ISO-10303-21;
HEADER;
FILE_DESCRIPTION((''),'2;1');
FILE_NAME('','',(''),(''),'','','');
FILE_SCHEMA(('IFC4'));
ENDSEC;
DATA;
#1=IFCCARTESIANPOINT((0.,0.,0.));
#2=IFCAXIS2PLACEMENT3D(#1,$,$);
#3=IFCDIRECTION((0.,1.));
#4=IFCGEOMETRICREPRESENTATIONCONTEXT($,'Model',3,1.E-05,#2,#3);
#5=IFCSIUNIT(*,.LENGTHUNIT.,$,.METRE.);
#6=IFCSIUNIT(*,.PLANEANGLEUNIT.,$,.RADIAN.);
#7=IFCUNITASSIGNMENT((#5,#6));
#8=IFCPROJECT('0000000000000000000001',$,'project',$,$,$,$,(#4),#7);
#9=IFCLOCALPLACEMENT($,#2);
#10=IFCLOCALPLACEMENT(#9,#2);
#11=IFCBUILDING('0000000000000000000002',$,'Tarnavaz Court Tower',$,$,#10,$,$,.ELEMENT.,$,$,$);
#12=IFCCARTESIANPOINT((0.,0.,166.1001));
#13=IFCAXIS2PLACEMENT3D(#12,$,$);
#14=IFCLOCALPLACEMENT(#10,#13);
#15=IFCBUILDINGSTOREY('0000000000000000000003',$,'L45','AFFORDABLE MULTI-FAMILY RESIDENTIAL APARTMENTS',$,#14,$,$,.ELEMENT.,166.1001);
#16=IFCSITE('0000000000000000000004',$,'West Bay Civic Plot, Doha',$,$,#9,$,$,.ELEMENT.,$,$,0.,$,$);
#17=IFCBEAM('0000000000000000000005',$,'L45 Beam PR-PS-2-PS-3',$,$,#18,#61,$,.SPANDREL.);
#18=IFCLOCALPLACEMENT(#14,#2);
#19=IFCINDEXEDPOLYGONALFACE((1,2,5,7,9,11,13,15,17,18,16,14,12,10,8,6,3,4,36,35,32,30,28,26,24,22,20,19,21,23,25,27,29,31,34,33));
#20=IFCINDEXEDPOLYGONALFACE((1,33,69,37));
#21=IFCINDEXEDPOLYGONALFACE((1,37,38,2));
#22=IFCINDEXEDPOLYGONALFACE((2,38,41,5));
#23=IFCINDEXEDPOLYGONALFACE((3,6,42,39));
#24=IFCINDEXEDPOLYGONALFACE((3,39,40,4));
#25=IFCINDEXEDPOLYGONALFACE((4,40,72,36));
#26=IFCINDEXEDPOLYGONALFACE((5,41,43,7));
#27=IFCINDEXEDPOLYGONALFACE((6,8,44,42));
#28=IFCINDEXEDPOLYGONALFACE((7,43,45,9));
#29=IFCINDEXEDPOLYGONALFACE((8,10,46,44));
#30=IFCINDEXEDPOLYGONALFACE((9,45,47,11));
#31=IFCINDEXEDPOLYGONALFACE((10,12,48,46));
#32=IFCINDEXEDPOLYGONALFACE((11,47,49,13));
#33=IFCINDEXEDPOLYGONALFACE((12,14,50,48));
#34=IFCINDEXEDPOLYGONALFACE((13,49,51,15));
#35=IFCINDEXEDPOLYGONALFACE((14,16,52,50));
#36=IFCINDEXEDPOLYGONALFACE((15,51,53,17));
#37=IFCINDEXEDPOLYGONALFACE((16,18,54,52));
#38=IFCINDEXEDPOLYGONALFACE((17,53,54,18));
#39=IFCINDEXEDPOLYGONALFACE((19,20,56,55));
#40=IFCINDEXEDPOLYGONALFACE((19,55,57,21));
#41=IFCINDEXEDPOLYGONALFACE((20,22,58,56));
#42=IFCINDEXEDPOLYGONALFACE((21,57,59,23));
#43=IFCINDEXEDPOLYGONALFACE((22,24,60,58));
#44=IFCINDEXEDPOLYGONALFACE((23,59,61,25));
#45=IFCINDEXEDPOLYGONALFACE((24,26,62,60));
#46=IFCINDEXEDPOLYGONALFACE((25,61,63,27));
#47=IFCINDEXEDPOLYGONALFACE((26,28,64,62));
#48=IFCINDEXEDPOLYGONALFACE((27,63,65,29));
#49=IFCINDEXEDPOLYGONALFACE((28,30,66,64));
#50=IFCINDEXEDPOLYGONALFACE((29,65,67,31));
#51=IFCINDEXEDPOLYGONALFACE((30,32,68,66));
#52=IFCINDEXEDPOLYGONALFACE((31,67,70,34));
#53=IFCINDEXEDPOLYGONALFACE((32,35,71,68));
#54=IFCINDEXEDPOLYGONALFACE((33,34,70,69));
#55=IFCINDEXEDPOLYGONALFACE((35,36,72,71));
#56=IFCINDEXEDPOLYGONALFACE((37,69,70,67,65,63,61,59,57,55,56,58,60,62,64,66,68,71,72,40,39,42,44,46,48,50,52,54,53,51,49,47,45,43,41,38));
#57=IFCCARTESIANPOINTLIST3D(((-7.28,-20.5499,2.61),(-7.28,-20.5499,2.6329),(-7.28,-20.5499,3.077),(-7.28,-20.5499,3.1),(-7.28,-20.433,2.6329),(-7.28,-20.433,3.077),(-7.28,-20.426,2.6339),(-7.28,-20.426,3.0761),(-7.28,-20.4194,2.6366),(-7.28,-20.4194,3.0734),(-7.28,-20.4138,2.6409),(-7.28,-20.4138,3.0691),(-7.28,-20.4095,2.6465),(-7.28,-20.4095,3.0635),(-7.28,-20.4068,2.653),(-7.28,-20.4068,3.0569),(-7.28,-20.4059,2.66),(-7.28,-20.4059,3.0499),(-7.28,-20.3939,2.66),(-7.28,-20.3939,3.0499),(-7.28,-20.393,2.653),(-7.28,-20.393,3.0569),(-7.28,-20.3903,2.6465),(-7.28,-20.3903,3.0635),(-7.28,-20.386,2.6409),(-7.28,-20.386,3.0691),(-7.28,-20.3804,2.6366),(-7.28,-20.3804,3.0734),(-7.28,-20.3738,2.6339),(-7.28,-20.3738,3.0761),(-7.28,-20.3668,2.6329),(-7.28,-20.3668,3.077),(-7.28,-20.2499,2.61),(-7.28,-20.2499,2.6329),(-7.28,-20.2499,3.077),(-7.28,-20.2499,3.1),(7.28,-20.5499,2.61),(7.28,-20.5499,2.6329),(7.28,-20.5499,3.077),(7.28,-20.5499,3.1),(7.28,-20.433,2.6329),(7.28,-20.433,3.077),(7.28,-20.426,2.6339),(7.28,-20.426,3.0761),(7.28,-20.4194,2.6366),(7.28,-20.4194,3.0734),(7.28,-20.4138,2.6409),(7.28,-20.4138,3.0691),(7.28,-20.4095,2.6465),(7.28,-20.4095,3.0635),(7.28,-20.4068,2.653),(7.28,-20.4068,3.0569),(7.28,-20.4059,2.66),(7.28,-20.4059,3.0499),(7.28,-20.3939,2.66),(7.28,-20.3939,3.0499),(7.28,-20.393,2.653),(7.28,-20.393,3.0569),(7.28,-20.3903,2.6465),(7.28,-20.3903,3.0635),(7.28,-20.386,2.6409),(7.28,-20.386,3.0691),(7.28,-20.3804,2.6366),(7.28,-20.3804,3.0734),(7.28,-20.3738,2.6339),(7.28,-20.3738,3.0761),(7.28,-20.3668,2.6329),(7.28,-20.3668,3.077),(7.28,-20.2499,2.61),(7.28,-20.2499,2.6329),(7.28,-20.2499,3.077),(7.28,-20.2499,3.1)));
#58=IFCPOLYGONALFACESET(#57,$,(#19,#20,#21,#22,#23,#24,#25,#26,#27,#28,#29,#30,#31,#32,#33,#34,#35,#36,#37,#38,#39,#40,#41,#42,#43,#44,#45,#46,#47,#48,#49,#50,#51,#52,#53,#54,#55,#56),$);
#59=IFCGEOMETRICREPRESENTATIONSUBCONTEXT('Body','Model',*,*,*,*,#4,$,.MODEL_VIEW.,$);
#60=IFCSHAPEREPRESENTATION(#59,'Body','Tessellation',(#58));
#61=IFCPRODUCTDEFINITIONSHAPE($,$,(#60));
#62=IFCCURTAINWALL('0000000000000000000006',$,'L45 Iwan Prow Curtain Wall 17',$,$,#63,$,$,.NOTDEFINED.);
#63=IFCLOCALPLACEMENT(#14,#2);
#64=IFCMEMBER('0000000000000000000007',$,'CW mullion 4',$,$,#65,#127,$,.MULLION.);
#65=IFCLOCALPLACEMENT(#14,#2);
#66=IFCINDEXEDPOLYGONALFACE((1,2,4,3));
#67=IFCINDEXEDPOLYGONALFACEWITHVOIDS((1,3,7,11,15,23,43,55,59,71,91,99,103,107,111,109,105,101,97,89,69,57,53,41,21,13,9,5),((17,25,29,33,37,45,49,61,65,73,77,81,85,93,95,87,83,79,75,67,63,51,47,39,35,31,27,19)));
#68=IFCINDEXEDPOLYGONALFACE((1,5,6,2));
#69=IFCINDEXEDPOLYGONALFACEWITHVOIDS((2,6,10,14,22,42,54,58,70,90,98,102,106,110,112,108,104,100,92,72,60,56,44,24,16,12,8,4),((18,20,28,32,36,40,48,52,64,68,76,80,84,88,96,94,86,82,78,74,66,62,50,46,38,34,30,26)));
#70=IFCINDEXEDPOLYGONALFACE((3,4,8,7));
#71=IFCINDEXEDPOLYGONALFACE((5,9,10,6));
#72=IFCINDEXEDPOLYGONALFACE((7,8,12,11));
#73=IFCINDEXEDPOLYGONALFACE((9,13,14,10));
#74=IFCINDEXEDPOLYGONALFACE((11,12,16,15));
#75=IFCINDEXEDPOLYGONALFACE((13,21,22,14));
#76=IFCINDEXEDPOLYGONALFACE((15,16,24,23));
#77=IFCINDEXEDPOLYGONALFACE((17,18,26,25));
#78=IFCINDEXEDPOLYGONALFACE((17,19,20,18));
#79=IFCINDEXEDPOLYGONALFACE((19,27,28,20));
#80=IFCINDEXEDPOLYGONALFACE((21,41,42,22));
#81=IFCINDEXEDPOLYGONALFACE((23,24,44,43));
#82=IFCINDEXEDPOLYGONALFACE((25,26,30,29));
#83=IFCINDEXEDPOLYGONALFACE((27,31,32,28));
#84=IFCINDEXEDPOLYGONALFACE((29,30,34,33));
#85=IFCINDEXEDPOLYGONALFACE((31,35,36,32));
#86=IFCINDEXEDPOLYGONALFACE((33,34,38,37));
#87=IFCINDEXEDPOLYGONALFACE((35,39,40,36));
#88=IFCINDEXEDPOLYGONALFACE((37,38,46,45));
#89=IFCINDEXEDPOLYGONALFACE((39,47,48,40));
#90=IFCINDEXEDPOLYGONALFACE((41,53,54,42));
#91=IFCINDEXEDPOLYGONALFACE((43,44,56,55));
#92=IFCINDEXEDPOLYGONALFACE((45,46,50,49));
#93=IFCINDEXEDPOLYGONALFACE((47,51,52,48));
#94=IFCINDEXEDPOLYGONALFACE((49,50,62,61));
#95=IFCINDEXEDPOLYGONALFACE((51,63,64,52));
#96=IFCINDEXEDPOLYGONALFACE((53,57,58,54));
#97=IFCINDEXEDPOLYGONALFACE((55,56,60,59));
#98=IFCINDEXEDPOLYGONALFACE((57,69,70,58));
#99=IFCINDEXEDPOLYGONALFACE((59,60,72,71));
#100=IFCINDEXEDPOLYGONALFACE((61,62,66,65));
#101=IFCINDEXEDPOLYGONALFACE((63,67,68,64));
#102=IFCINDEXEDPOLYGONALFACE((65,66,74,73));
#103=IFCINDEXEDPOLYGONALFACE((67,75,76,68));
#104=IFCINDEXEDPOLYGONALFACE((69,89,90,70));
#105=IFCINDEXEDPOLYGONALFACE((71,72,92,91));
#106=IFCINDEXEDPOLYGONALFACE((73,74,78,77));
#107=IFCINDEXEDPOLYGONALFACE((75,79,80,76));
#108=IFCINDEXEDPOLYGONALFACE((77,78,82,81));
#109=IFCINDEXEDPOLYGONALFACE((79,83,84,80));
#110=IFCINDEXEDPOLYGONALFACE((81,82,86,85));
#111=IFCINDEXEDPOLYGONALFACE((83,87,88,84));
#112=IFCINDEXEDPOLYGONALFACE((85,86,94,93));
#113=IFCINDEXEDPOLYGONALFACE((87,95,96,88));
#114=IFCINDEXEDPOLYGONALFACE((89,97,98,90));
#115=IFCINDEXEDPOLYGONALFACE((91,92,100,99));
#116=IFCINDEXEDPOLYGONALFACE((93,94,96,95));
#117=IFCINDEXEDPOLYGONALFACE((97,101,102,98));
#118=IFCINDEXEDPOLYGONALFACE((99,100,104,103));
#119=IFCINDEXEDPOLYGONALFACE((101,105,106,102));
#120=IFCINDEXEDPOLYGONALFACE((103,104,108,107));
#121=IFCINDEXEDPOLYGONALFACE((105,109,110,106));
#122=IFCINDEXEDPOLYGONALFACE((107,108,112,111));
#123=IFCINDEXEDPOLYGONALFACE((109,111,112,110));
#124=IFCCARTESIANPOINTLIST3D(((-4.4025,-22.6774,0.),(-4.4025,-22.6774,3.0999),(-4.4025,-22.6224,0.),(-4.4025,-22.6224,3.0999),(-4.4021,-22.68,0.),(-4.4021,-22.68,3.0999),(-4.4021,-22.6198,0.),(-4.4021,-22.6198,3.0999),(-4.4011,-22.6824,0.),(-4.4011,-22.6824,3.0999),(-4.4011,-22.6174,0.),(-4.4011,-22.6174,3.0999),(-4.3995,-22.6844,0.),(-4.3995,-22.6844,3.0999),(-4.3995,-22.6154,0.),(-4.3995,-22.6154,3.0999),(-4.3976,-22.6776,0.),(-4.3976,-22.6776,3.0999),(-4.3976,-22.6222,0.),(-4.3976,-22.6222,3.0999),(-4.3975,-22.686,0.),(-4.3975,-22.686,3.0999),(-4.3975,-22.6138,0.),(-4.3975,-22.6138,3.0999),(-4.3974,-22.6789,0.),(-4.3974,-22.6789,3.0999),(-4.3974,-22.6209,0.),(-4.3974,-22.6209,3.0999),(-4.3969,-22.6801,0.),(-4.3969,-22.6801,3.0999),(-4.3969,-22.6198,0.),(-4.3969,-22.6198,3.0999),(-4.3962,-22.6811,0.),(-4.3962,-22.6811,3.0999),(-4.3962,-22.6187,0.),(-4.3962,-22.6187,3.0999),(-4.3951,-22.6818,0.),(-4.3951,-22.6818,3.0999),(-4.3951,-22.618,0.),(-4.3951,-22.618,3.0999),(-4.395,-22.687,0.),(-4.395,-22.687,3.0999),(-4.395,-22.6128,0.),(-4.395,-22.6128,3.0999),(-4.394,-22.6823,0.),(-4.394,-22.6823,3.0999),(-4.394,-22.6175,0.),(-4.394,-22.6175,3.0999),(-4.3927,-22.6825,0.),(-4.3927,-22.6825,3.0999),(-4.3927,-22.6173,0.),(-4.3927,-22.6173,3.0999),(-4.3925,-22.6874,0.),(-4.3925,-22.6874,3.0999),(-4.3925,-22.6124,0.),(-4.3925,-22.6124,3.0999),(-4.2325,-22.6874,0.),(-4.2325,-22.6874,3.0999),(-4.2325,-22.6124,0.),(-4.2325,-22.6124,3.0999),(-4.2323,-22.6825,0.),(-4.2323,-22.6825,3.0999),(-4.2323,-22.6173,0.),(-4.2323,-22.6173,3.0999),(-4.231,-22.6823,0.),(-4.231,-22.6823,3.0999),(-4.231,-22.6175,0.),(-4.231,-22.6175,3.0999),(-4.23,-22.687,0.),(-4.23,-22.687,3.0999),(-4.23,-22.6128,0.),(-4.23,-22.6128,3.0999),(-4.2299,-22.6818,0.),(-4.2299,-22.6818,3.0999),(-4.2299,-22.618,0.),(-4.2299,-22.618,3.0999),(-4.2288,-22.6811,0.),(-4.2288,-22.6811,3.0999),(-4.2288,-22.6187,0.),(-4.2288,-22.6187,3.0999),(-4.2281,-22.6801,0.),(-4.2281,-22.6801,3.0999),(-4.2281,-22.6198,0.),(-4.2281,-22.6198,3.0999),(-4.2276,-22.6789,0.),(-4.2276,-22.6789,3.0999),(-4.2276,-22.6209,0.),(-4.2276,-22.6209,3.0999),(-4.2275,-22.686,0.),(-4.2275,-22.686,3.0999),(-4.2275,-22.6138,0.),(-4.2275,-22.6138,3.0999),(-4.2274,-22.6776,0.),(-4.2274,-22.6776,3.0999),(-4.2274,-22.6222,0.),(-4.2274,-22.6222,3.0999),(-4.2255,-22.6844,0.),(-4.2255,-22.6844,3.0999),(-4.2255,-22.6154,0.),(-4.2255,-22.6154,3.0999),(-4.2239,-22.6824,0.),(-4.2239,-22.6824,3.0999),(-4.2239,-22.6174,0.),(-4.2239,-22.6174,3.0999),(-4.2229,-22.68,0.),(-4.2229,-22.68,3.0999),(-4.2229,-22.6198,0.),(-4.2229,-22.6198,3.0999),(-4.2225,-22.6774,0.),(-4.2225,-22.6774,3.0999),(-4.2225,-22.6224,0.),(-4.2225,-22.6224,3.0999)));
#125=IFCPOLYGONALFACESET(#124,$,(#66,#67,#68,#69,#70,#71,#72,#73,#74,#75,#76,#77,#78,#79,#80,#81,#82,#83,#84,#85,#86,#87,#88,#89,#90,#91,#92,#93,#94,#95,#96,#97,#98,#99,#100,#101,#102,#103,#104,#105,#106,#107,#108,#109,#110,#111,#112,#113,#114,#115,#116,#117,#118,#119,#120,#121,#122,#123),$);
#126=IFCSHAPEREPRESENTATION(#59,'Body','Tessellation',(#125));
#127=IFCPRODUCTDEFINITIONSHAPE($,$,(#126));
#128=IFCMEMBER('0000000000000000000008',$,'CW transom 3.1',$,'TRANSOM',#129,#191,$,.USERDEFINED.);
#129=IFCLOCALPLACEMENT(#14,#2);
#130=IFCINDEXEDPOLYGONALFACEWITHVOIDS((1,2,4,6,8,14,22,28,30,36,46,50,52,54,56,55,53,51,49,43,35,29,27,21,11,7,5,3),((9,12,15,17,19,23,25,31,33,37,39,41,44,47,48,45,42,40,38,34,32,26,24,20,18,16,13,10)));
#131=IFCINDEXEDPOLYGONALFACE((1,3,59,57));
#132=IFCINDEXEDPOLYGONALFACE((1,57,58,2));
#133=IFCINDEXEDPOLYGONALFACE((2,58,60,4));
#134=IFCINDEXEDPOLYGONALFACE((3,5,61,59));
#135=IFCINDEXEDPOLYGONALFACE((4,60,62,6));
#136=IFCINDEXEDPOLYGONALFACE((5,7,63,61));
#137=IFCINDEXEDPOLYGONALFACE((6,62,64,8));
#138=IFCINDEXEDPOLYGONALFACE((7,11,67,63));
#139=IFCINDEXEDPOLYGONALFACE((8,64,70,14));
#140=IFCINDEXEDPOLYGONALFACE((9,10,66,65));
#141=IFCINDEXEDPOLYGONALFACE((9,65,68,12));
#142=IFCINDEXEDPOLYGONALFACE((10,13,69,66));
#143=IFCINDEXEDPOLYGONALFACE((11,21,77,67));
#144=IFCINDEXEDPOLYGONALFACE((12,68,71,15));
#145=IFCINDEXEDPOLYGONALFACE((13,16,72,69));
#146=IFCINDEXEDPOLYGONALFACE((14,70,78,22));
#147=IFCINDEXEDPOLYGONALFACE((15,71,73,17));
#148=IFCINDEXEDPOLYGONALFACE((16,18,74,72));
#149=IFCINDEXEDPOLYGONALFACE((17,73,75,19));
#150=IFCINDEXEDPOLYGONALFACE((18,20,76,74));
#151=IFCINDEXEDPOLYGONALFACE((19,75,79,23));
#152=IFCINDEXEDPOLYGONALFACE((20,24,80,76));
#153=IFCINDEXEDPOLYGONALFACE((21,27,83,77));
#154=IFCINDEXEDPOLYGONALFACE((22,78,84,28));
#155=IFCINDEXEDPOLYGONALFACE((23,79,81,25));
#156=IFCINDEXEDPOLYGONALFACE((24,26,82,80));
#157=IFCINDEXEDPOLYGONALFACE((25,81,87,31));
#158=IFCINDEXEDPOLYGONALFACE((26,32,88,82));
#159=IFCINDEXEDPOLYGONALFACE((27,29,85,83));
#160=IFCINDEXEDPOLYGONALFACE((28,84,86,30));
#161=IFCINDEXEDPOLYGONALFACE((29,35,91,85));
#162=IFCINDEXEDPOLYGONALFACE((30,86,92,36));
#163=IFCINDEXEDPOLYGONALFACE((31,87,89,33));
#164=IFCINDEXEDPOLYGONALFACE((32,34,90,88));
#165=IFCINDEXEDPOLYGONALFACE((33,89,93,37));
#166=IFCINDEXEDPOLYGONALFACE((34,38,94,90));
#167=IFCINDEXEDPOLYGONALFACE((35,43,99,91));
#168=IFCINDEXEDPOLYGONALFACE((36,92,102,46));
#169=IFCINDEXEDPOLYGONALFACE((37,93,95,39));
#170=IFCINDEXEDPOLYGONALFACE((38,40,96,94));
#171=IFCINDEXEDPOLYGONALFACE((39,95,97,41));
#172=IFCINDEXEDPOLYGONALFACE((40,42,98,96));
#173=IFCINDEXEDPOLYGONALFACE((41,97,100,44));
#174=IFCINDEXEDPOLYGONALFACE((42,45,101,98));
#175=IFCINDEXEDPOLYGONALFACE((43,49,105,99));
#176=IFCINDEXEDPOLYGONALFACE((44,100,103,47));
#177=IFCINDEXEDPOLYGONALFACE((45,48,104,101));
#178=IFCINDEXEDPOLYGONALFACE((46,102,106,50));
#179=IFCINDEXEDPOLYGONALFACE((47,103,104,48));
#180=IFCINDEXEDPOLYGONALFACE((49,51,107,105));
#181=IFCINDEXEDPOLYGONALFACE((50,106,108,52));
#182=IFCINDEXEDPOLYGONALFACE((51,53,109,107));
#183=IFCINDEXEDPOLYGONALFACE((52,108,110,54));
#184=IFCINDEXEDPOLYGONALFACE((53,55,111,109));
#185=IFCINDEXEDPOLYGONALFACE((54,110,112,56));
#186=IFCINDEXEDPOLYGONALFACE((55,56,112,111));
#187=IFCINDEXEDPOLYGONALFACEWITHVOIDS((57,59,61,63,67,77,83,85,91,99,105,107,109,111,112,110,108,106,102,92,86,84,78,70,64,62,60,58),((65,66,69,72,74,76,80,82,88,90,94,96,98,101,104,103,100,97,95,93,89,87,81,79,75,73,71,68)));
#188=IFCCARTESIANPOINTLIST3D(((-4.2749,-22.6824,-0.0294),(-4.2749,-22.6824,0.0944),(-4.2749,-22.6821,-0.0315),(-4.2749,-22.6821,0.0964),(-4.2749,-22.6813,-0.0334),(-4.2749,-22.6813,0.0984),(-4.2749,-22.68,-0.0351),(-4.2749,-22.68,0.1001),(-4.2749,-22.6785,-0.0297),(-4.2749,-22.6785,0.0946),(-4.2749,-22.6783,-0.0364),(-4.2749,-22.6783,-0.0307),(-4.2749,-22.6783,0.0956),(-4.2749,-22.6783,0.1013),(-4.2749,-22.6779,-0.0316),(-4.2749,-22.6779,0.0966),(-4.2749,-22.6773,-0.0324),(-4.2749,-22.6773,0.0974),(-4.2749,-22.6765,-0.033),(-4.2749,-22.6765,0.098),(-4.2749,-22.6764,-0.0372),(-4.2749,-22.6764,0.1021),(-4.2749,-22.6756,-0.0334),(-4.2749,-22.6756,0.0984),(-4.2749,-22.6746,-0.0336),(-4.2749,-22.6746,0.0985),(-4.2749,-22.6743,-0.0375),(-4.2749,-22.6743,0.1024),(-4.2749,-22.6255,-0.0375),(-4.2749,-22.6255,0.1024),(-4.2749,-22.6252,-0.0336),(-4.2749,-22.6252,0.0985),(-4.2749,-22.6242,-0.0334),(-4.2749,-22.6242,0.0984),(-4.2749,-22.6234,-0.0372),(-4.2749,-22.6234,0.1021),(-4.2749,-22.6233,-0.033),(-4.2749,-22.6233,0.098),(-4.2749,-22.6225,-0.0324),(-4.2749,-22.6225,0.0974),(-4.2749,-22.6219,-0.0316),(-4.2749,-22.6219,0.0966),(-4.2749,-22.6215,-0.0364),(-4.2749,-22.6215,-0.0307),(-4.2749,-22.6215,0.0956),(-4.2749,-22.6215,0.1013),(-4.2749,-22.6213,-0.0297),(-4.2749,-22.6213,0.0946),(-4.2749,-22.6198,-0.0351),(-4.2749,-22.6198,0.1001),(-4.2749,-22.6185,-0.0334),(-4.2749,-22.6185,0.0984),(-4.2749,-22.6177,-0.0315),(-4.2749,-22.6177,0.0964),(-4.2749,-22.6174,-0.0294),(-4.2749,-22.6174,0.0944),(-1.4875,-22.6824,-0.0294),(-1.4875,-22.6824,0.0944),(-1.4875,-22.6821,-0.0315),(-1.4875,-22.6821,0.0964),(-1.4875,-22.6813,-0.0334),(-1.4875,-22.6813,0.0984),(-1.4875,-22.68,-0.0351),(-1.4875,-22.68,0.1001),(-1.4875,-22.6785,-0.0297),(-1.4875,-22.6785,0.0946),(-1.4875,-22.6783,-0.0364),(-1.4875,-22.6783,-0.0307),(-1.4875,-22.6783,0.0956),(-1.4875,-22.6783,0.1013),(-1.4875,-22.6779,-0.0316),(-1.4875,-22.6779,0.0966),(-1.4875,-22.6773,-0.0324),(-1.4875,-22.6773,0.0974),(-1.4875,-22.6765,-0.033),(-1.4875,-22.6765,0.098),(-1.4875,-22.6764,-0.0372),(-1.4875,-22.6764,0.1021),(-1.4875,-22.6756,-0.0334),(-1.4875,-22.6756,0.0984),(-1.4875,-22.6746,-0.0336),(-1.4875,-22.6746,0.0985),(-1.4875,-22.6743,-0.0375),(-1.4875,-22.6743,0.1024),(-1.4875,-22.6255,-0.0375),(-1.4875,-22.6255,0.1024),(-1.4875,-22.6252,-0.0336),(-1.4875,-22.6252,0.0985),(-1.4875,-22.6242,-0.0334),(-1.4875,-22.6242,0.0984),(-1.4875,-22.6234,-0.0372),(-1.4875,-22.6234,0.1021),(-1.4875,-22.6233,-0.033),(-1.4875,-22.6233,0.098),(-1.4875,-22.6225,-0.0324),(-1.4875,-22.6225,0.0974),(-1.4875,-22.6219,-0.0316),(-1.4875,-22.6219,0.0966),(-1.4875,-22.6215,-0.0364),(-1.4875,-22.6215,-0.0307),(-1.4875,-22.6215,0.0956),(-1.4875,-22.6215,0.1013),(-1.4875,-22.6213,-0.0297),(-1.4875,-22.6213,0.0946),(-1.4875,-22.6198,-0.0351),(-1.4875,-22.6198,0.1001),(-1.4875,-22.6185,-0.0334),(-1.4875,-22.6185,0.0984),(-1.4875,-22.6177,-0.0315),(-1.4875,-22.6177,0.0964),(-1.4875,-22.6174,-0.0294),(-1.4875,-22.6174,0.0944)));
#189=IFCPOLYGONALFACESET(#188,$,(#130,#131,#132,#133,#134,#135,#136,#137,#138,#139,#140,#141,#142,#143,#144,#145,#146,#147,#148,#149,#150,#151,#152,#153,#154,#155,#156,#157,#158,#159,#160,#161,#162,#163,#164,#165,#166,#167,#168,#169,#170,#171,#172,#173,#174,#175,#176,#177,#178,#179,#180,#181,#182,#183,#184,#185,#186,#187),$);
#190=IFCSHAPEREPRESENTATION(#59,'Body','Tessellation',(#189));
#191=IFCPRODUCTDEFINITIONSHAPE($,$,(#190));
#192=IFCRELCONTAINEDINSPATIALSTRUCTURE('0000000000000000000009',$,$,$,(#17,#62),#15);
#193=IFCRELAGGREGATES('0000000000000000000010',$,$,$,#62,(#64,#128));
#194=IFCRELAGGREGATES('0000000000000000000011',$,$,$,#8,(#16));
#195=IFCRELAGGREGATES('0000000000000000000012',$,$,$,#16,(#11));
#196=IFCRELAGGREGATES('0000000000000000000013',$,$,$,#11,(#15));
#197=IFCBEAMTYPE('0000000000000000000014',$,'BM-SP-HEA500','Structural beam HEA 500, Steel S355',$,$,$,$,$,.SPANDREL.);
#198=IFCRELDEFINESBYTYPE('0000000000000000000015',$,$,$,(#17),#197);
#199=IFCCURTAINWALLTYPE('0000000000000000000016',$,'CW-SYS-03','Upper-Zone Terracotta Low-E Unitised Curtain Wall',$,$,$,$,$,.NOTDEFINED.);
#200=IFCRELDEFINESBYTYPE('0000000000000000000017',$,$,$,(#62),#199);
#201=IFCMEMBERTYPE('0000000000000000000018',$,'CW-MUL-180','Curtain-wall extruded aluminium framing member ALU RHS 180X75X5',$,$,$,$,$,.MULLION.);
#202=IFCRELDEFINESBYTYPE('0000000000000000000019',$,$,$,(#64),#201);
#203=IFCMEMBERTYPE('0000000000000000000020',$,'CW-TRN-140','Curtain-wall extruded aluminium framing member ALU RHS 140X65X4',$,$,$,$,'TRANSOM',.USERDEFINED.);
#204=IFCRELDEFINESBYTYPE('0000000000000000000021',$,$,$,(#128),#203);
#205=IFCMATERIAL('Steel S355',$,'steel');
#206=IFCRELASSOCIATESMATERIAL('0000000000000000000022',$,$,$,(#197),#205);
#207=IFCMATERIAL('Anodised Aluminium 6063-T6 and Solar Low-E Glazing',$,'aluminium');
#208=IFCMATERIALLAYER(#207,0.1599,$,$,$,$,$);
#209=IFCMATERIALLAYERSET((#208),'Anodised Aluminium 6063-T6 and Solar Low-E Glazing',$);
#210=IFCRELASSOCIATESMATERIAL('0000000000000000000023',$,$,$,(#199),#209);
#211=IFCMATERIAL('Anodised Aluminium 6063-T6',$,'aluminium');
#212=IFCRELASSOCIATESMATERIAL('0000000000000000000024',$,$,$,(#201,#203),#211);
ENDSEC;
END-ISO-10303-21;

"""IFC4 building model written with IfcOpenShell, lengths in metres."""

from ifc_helpers import new_model, si_unit, direction, frame, origin, origin_2d, place, context, subcontext, project, spatial, hollow_rectangle, i_section, extrude, material, layer, layer_set, material_profile, profile_set, type_object, element, aggregate, save


model = new_model("IFC4")

# Units and contexts
model_context = context("Model", 3, precision=1e-05, world=origin(), true_north=direction((0.0, 1.0)))
body_context = subcontext(model_context, "Body", "Model", "MODEL_VIEW")
ifc_project = project(units=[si_unit("LENGTHUNIT", "METRE"), si_unit("PLANEANGLEUNIT", "RADIAN")], contexts=[model_context])

# Site, building, storey
site_placement = place(None, origin())
site = spatial("IfcSite", under=ifc_project, at=site_placement, Name="West Bay Civic Plot, Doha", CompositionType="ELEMENT", RefElevation=0.0)
building_placement = place(site_placement, origin())
building = spatial("IfcBuilding", under=site, at=building_placement, Name="Tarnavaz Court Tower", CompositionType="ELEMENT")
storey_placement = place(building_placement, frame((0.0, 0.0, 166.1001)))
storey = spatial("IfcBuildingStorey", under=building, at=storey_placement, Name="L45", Description="AFFORDABLE MULTI-FAMILY RESIDENTIAL APARTMENTS", CompositionType="ELEMENT", Elevation=166.1001)

# Beam
ifc_material_1 = material(Name="Steel S355", Category="steel")
ifc_material_profile_1 = material_profile(ifc_material_1, i_section(OverallWidth=0.3, OverallDepth=0.49, WebThickness=0.012, FlangeThickness=0.0229, FilletRadius=0.0271, at=origin_2d()), Name="HEA 500")
ifc_profile_set_1 = profile_set([ifc_material_profile_1], Name="Steel S355")
beam_type_1 = type_object("IfcBeamType", Name="BM-SP-HEA500", Description="Structural beam HEA 500, Steel S355", PredefinedType="SPANDREL", material=ifc_profile_set_1)
beam_placement = place(storey_placement, frame((-7.28, -20.3999, 2.855), z_axis=(1.0, 0.0, 0.0), x_axis=(0.0, 1.0, 0.0)))
element("IfcBeam", 1, at=beam_placement, inside=storey, type_object=beam_type_1, Name="L45 Beam PR-PS-2-PS-3", PredefinedType="SPANDREL", context=body_context, shape_type="SweptSolid", body=[
    extrude(i_section(OverallWidth=0.3, OverallDepth=0.49, WebThickness=0.012, FlangeThickness=0.0229, FilletRadius=0.0271, at=origin_2d()), origin(), (0.0, 0.0, 1.0), 14.5601),
])

# Curtain wall, members
ifc_material_2 = material(Name="Anodised Aluminium 6063-T6 and Solar Low-E Glazing", Category="aluminium")
ifc_layer_1 = layer(ifc_material_2, 0.1599)
ifc_layer_set_1 = layer_set([ifc_layer_1], Name="Anodised Aluminium 6063-T6 and Solar Low-E Glazing")
curtain_wall_type = type_object("IfcCurtainWallType", Name="CW-SYS-03", Description="Upper-Zone Terracotta Low-E Unitised Curtain Wall", PredefinedType="NOTDEFINED", material=ifc_layer_set_1)
curtain_wall_placement = place(storey_placement, origin())
curtain_wall = element("IfcCurtainWall", 2, at=curtain_wall_placement, inside=storey, type_object=curtain_wall_type, Name="L45 Iwan Prow Curtain Wall 17", PredefinedType="NOTDEFINED")
ifc_material_3 = material(Name="Anodised Aluminium 6063-T6", Category="aluminium")
ifc_material_profile_2 = material_profile(ifc_material_3, hollow_rectangle(XDim=0.075, YDim=0.1799, WallThickness=0.0049, InnerFilletRadius=0.0049, OuterFilletRadius=0.01, at=origin_2d()), Name="ALU RHS 180X75X5")
ifc_profile_set_2 = profile_set([ifc_material_profile_2], Name="Anodised Aluminium 6063-T6")
member_type_1 = type_object("IfcMemberType", Name="CW-MUL-180", Description="Curtain-wall extruded aluminium framing member ALU RHS 180X75X5", PredefinedType="MULLION", material=ifc_profile_set_2)
member_1_placement = place(storey_placement, frame((-4.3125, -22.6499, 0.0), z_axis=(0.0, 0.0, 1.0), x_axis=(0.0, -1.0, 0.0)))
member_1 = element("IfcMember", 3, at=member_1_placement, type_object=member_type_1, Name="CW mullion 4", PredefinedType="MULLION", context=body_context, shape_type="SweptSolid", body=[
    extrude(hollow_rectangle(XDim=0.075, YDim=0.1799, WallThickness=0.0049, InnerFilletRadius=0.0049, OuterFilletRadius=0.01, at=origin_2d()), origin(), (0.0, 0.0, 1.0), 3.0999),
])
ifc_material_profile_3 = material_profile(ifc_material_3, hollow_rectangle(XDim=0.0649, YDim=0.1399, WallThickness=0.0039, InnerFilletRadius=0.0039, OuterFilletRadius=0.0081, at=origin_2d()), Name="ALU RHS 140X65X4")
ifc_profile_set_3 = profile_set([ifc_material_profile_3], Name="Anodised Aluminium 6063-T6")
member_type_2 = type_object("IfcMemberType", Name="CW-TRN-140", Description="Curtain-wall extruded aluminium framing member ALU RHS 140X65X4", ElementType="TRANSOM", PredefinedType="USERDEFINED", material=ifc_profile_set_3)
member_2_placement = place(storey_placement, frame((-1.4875, -22.6499, 0.0325), z_axis=(-1.0, 0.0, 0.0), x_axis=(0.0, -1.0, 0.0)))
member_2 = element("IfcMember", 4, at=member_2_placement, type_object=member_type_2, Name="CW transom 3.1", ObjectType="TRANSOM", PredefinedType="USERDEFINED", context=body_context, shape_type="SweptSolid", body=[
    extrude(hollow_rectangle(XDim=0.0649, YDim=0.1399, WallThickness=0.0039, InnerFilletRadius=0.0039, OuterFilletRadius=0.0081, at=origin_2d()), origin(), (0.0, 0.0, 1.0), 2.7874),
])
aggregate(curtain_wall, [member_1, member_2])

save(model, "model.ifc")
